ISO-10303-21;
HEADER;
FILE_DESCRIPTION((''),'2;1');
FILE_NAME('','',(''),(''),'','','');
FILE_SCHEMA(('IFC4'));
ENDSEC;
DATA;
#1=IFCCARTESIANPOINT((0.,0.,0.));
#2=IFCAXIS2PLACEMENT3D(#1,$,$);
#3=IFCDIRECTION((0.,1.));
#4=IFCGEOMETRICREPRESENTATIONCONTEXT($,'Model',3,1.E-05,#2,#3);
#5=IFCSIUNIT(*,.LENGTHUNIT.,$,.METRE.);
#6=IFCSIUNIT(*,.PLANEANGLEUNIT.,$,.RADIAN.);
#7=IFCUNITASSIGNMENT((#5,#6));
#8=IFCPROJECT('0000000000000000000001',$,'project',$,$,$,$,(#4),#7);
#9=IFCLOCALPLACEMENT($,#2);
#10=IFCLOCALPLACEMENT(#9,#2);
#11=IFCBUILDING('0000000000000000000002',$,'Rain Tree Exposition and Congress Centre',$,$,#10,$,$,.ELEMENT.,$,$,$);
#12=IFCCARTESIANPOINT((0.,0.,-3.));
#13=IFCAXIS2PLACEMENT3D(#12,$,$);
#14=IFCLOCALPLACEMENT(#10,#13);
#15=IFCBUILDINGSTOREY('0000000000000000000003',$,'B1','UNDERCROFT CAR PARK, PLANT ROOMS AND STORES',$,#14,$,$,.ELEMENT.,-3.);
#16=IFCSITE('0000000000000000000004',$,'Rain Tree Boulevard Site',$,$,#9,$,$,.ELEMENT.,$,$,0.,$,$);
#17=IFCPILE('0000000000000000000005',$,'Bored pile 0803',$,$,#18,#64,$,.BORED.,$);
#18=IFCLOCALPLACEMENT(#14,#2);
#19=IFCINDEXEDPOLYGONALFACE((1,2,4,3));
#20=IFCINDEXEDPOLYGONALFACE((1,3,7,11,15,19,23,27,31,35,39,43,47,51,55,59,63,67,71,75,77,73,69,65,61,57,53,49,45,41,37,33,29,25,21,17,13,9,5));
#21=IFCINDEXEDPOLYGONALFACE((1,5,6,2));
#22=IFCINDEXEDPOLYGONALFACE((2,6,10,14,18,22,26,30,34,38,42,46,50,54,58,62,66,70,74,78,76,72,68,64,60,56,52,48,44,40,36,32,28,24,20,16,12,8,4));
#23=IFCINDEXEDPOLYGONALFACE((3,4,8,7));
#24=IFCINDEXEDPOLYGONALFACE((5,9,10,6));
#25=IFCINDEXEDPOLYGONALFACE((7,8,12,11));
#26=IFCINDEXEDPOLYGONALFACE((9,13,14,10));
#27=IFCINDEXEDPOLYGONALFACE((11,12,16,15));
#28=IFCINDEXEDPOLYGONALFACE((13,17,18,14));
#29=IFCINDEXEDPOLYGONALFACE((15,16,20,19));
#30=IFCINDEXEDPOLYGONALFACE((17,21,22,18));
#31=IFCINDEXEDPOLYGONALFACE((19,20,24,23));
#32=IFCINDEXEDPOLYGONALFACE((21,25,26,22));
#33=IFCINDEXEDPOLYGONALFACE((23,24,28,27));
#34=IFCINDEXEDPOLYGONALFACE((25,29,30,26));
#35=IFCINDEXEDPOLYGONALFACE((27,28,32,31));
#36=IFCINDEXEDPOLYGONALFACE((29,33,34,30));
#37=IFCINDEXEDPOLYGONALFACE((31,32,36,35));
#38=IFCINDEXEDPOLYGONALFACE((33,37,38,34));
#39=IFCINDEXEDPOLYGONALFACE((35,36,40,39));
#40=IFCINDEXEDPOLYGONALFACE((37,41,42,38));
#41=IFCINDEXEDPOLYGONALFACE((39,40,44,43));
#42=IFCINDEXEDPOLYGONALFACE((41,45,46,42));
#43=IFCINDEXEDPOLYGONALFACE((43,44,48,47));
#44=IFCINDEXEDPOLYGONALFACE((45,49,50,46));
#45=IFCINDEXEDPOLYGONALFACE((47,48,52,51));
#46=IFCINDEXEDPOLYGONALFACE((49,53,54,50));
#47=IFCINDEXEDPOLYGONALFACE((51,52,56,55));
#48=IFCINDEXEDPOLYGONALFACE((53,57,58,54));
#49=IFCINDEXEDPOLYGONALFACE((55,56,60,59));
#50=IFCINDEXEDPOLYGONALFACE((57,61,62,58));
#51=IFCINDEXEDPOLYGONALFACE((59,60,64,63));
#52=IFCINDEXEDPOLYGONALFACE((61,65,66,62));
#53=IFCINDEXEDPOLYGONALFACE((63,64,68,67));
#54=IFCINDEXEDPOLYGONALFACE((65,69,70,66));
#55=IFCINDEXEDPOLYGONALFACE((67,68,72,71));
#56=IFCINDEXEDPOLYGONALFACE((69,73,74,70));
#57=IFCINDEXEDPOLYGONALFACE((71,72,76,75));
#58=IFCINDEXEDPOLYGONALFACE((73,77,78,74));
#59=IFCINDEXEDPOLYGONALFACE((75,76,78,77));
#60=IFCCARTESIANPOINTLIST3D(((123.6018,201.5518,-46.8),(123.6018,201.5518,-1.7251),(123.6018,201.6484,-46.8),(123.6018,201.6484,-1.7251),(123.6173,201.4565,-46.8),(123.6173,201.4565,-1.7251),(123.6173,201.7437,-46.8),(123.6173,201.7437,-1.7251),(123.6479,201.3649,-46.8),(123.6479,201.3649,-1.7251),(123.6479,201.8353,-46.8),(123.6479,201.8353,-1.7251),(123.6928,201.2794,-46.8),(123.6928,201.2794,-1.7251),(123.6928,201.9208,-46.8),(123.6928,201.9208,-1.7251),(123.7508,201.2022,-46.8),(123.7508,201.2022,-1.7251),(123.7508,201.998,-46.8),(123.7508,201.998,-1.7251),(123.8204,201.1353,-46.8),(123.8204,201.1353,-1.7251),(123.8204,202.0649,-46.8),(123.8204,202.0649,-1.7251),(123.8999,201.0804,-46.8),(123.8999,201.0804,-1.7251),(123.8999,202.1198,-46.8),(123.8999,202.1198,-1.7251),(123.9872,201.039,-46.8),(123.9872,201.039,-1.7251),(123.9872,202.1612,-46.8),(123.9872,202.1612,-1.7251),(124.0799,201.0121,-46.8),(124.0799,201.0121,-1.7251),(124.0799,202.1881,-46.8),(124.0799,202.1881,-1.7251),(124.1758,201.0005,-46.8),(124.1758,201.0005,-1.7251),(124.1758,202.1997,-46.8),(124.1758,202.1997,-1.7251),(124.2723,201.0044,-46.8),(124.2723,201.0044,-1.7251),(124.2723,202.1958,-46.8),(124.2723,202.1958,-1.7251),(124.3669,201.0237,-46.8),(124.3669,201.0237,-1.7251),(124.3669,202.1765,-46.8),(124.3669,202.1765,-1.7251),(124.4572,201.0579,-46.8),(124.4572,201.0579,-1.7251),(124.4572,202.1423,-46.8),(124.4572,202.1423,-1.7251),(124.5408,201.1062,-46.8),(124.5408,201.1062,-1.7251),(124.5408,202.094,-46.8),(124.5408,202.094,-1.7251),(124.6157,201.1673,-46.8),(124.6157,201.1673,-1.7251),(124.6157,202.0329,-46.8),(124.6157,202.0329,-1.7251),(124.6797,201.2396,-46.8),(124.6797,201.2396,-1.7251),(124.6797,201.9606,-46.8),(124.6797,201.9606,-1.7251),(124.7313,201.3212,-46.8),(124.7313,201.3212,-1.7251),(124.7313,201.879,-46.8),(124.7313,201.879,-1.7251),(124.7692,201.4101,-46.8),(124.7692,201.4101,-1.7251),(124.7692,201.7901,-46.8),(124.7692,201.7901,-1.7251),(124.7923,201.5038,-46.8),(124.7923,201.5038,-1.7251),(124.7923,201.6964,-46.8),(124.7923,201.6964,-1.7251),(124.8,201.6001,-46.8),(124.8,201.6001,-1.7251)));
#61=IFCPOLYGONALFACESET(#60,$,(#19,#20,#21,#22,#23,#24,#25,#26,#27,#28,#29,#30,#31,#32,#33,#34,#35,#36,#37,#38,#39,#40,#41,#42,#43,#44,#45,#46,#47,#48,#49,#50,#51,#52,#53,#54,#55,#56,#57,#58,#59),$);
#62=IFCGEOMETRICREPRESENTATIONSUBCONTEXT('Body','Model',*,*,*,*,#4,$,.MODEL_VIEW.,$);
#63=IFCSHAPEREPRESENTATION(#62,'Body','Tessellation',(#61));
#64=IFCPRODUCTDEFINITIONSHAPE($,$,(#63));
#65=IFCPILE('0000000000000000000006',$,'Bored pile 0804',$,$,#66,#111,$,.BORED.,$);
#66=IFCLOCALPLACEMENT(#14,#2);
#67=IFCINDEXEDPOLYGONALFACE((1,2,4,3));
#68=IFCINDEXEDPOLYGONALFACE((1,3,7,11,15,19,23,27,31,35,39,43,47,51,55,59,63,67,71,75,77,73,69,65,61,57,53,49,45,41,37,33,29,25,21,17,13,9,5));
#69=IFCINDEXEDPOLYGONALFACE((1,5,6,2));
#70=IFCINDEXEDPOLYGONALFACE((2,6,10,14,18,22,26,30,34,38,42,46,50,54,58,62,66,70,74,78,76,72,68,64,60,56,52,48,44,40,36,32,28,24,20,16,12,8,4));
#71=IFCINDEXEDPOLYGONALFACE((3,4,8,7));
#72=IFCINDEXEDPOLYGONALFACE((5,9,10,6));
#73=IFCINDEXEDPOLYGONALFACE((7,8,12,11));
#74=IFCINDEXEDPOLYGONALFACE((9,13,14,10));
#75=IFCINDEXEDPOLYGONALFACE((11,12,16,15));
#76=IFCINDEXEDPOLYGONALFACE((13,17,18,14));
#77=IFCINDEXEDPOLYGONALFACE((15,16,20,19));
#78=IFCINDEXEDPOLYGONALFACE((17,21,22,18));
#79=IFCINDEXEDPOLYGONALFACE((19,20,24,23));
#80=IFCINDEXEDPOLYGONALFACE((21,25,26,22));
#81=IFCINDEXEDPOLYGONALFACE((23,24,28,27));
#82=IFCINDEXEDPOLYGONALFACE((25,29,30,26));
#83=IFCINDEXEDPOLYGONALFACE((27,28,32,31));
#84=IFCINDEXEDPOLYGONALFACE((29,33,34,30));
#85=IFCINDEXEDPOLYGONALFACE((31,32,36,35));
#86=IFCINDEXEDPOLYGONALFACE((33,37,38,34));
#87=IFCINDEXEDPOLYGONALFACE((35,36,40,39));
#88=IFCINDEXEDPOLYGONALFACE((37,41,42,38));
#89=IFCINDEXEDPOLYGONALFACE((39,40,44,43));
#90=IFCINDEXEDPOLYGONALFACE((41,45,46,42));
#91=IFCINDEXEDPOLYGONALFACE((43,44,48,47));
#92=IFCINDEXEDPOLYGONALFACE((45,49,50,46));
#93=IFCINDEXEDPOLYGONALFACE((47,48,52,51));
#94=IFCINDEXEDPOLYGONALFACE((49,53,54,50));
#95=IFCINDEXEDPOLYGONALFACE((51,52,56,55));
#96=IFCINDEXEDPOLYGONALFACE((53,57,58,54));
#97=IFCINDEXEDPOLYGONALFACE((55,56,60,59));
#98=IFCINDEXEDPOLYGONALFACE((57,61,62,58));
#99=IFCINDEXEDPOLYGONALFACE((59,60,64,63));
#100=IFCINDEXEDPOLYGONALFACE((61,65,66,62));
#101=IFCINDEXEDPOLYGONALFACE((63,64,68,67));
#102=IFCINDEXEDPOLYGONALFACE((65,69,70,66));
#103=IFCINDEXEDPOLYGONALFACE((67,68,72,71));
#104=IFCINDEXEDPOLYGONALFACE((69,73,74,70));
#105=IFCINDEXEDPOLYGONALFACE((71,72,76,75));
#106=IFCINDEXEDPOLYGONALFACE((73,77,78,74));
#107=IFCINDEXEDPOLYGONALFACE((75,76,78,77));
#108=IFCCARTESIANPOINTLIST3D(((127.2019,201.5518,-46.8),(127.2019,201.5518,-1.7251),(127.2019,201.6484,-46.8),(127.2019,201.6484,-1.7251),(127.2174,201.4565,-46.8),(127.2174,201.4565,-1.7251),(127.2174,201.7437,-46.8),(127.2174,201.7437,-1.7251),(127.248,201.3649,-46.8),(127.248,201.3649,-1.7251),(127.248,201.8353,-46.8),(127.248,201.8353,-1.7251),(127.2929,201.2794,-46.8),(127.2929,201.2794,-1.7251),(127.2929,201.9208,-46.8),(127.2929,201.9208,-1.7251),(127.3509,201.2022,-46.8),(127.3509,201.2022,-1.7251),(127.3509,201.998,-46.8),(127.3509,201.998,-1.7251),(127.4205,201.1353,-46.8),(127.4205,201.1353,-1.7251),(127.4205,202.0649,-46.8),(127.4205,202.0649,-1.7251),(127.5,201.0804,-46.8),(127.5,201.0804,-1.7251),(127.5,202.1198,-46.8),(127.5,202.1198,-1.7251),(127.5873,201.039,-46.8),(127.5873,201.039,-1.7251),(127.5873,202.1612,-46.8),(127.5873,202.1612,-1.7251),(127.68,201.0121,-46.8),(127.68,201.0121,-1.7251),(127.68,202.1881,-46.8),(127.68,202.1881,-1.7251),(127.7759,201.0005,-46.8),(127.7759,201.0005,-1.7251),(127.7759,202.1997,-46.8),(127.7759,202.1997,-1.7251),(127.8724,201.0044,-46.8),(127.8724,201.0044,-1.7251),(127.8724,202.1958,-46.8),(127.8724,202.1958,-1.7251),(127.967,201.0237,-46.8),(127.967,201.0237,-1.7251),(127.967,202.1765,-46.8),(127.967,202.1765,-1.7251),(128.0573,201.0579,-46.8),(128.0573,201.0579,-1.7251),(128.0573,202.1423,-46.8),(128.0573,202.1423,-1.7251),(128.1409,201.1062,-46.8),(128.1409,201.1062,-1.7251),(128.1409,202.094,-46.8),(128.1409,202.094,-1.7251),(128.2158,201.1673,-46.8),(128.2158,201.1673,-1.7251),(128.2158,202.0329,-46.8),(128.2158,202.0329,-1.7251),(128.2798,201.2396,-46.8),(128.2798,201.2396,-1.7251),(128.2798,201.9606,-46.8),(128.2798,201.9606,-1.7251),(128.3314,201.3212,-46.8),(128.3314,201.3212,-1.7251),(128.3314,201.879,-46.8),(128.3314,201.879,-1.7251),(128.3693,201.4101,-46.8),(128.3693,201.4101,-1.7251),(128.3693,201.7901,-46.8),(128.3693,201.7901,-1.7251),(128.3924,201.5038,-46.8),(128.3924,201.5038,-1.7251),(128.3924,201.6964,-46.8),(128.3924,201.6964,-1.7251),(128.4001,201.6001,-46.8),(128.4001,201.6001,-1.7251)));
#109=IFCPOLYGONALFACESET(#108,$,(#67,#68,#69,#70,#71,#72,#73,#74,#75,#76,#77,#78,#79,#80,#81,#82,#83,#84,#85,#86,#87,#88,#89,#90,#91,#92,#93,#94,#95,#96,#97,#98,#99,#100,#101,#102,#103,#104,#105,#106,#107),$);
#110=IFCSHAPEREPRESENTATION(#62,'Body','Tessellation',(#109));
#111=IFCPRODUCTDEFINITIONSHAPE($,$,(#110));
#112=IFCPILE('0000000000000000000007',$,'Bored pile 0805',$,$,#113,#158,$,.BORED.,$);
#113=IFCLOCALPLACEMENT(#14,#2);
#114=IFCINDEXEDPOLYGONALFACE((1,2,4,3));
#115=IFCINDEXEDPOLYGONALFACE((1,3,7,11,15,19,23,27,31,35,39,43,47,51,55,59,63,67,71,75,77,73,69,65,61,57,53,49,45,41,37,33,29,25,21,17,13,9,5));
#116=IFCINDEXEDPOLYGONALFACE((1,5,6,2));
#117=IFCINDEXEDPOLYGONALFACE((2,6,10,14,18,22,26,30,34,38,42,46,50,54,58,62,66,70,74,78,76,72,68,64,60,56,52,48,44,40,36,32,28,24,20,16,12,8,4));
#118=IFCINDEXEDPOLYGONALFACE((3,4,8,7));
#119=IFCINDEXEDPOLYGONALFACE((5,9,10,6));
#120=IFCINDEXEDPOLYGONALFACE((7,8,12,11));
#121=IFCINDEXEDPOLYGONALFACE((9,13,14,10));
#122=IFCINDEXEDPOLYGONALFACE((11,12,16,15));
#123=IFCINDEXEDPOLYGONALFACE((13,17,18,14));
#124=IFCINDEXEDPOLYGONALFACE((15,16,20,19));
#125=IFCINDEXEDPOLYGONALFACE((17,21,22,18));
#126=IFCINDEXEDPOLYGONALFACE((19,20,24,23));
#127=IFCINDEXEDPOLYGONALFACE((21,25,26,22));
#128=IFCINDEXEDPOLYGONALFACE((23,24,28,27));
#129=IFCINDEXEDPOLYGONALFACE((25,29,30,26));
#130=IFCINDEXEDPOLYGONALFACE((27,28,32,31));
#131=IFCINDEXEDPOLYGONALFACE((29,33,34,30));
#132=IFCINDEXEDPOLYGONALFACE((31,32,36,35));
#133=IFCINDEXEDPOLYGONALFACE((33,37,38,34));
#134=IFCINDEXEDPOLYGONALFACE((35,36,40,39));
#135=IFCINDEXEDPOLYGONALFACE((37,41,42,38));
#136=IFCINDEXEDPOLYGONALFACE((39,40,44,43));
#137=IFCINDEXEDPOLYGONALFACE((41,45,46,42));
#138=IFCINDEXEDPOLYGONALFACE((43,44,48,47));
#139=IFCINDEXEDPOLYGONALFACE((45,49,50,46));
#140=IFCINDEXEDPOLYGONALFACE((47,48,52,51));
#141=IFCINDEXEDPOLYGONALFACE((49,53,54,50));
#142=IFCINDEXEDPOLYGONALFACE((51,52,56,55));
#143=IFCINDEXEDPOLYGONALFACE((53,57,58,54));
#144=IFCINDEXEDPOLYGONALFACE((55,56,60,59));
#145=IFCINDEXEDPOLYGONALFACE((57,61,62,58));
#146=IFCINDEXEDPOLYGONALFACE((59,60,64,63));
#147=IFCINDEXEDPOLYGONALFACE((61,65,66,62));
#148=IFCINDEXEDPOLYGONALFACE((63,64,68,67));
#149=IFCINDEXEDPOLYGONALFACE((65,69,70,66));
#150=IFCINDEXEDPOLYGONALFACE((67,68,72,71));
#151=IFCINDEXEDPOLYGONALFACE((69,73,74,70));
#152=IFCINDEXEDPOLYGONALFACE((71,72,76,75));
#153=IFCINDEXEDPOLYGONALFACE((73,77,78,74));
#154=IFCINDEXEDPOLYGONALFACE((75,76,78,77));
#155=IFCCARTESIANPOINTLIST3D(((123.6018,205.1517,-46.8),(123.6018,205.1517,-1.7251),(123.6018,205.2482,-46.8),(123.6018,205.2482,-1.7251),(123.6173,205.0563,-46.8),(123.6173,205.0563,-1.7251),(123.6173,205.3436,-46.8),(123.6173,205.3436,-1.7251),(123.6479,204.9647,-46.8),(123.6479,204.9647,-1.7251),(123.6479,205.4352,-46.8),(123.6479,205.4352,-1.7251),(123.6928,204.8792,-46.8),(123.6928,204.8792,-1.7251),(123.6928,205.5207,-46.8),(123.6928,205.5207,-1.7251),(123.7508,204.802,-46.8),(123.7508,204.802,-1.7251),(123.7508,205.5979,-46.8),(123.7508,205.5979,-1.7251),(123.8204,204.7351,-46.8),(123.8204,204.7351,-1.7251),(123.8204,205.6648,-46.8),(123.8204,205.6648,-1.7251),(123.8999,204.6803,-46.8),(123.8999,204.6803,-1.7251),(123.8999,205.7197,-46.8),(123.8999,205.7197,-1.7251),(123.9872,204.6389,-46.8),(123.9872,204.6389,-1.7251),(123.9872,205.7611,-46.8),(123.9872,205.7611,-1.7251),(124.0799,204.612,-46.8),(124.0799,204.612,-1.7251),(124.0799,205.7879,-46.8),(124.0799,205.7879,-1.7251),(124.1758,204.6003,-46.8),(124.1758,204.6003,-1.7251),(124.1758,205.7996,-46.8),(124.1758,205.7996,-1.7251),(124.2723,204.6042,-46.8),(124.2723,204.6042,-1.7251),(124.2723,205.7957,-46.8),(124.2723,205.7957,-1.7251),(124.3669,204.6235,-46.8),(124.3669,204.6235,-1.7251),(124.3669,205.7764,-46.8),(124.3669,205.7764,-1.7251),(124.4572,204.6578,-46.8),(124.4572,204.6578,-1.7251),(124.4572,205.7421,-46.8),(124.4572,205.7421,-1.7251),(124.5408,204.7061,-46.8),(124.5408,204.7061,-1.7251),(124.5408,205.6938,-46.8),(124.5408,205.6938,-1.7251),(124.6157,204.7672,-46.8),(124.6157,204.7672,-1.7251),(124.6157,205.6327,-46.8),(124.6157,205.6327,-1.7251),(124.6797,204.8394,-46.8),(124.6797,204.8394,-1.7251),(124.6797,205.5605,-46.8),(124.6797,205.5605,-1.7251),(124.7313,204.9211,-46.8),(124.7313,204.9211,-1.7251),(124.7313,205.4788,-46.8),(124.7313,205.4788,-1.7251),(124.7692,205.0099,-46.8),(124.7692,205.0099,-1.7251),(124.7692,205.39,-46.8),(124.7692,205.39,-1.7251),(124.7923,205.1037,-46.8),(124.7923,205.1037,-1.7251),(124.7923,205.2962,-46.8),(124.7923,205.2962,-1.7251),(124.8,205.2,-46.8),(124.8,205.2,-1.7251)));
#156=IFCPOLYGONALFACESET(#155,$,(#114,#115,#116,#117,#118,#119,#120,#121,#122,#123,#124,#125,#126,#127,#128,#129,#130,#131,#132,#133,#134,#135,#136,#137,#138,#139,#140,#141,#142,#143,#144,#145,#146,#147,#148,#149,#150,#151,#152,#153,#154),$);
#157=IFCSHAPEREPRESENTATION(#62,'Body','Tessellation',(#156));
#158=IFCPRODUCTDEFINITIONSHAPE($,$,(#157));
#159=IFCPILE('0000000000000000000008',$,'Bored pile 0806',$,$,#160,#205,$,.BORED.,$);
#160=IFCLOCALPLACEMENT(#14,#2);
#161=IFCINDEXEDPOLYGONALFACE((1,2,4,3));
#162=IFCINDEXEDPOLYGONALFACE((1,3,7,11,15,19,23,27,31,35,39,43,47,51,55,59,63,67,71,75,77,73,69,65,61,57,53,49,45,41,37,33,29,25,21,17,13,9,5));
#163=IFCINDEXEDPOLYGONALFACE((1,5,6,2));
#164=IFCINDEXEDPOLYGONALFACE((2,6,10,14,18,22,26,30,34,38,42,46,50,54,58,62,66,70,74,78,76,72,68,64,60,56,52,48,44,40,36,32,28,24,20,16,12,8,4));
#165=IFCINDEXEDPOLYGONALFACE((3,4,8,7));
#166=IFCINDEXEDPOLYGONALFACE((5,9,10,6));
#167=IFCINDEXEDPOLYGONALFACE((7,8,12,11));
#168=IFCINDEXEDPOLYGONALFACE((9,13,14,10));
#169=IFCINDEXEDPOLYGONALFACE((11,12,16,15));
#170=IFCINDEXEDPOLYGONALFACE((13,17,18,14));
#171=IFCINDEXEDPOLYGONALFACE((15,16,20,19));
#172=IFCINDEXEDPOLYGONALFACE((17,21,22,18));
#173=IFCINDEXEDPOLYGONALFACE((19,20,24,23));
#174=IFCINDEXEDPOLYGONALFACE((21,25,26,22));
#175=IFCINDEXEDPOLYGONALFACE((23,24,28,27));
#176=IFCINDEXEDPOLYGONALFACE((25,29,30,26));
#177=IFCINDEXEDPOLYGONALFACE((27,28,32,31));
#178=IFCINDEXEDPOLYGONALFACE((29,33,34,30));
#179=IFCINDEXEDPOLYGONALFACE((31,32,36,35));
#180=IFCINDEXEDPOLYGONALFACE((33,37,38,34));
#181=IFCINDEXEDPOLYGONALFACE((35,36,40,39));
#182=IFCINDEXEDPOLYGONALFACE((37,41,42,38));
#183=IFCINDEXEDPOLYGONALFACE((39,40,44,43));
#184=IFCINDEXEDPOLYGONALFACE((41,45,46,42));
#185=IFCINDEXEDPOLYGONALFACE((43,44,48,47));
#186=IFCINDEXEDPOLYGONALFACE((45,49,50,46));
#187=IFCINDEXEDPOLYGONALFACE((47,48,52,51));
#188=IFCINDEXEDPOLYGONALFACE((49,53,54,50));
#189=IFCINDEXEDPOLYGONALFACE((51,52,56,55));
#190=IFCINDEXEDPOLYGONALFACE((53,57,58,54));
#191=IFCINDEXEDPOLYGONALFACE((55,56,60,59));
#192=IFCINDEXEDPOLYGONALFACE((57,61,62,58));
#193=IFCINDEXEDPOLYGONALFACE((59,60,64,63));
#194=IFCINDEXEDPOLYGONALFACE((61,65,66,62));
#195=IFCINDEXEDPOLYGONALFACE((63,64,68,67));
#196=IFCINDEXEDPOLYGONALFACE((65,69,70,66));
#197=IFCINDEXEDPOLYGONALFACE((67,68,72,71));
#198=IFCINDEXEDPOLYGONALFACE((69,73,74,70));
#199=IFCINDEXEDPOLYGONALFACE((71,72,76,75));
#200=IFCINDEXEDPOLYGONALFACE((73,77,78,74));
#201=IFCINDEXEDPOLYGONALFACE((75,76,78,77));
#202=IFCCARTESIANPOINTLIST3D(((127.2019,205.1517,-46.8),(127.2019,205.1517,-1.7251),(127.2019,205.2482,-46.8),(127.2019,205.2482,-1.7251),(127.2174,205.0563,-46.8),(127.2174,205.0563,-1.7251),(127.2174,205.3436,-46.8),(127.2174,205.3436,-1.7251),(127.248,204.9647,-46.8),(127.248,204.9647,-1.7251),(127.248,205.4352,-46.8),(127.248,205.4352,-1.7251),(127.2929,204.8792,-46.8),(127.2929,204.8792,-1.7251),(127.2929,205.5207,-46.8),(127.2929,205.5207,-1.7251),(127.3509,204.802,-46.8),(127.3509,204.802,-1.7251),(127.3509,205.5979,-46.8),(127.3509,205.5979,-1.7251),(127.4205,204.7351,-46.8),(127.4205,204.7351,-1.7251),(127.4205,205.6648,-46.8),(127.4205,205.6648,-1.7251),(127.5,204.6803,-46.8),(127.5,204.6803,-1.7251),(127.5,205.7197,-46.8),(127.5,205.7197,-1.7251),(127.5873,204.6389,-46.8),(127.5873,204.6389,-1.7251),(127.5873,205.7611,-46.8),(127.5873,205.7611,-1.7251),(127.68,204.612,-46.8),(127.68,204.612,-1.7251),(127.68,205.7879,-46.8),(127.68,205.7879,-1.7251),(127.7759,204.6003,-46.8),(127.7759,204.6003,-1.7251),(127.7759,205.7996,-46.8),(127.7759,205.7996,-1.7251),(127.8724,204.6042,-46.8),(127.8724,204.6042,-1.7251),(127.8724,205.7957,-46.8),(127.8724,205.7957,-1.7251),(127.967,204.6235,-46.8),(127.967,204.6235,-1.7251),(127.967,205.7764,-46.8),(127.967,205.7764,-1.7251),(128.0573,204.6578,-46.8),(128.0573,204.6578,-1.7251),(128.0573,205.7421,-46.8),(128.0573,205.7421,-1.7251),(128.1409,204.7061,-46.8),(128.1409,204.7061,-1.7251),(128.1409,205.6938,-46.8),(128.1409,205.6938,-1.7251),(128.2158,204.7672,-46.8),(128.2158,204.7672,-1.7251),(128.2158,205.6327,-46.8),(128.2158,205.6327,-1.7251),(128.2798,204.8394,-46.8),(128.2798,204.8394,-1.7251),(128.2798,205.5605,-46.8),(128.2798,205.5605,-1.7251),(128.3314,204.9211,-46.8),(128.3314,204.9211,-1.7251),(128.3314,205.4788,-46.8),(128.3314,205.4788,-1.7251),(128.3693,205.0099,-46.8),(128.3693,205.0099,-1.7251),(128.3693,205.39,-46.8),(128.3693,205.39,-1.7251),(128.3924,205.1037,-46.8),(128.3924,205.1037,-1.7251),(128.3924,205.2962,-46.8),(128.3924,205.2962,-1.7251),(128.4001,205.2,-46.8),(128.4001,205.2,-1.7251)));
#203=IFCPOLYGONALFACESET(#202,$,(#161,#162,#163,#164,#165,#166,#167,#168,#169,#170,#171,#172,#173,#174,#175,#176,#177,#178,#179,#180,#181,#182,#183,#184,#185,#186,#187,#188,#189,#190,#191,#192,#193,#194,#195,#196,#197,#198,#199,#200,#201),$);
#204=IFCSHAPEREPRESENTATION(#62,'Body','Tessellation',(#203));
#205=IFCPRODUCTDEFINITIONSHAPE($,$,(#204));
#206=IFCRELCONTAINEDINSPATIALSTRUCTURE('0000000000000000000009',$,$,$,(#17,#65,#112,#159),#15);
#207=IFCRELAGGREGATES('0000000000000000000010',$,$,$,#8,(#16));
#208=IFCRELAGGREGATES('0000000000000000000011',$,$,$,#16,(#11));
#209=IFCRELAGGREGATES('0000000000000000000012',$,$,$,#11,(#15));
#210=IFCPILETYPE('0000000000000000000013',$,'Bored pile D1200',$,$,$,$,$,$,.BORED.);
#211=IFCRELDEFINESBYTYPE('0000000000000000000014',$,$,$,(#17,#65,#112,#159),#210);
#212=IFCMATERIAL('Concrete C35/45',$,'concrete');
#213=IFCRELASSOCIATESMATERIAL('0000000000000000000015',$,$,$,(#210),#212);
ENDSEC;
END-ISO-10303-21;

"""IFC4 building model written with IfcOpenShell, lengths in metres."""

from ifc_helpers import new_model, si_unit, direction, frame, origin, origin_2d, place, context, subcontext, project, spatial, circle, extrude, material, material_profile, profile_set, type_object, element, save


model = new_model("IFC4")

# Units and contexts
model_context = context("Model", 3, precision=1e-05, world=origin(), true_north=direction((0.0, 1.0)))
body_context = subcontext(model_context, "Body", "Model", "MODEL_VIEW")
ifc_project = project(units=[si_unit("LENGTHUNIT", "METRE"), si_unit("PLANEANGLEUNIT", "RADIAN")], contexts=[model_context])

# Site, building, storey
site_placement = place(None, origin())
site = spatial("IfcSite", under=ifc_project, at=site_placement, Name="Rain Tree Boulevard Site", CompositionType="ELEMENT", RefElevation=0.0)
building_placement = place(site_placement, origin())
building = spatial("IfcBuilding", under=site, at=building_placement, Name="Rain Tree Exposition and Congress Centre", CompositionType="ELEMENT")
storey_placement = place(building_placement, frame((0.0, 0.0, -3.0)))
storey = spatial("IfcBuildingStorey", under=building, at=storey_placement, Name="B1", Description="UNDERCROFT CAR PARK, PLANT ROOMS AND STORES", CompositionType="ELEMENT", Elevation=-3.0)

# Piles
ifc_material_1 = material(Name="Concrete C35/45", Category="concrete")
ifc_material_profile_1 = material_profile(ifc_material_1, circle(Radius=0.6001, at=origin_2d()), Name="D1200")
ifc_profile_set_1 = profile_set([ifc_material_profile_1], Name="Concrete C35/45")
pile_type_1 = type_object("IfcPileType", Name="Bored pile D1200", PredefinedType="BORED", material=ifc_profile_set_1)
for number, where, z_axis, x_axis, name in (
    (1, (124.2, 201.6001, -1.7251), (0.0, 0.0, -1.0), (1.0, 0.0, 0.0), "Bored pile 0803"),
    (2, (127.8, 201.6001, -1.7251), (0.0, 0.0, -1.0), (1.0, 0.0, 0.0), "Bored pile 0804"),
    (3, (124.2, 205.2, -1.7251), (0.0, 0.0, -1.0), (1.0, 0.0, 0.0), "Bored pile 0805"),
    (4, (127.8, 205.2, -1.7251), (0.0, 0.0, -1.0), (1.0, 0.0, 0.0), "Bored pile 0806"),
):
    element("IfcPile", number, at=place(storey_placement, frame(where, z_axis=z_axis, x_axis=x_axis)), inside=storey, type_object=pile_type_1, Name=name, PredefinedType="BORED", context=body_context, shape_type="SweptSolid", body=[
        extrude(circle(Radius=0.6001, at=origin_2d()), origin(), (0.0, 0.0, 1.0), 45.075),
    ])

save(model, "model.ifc")
